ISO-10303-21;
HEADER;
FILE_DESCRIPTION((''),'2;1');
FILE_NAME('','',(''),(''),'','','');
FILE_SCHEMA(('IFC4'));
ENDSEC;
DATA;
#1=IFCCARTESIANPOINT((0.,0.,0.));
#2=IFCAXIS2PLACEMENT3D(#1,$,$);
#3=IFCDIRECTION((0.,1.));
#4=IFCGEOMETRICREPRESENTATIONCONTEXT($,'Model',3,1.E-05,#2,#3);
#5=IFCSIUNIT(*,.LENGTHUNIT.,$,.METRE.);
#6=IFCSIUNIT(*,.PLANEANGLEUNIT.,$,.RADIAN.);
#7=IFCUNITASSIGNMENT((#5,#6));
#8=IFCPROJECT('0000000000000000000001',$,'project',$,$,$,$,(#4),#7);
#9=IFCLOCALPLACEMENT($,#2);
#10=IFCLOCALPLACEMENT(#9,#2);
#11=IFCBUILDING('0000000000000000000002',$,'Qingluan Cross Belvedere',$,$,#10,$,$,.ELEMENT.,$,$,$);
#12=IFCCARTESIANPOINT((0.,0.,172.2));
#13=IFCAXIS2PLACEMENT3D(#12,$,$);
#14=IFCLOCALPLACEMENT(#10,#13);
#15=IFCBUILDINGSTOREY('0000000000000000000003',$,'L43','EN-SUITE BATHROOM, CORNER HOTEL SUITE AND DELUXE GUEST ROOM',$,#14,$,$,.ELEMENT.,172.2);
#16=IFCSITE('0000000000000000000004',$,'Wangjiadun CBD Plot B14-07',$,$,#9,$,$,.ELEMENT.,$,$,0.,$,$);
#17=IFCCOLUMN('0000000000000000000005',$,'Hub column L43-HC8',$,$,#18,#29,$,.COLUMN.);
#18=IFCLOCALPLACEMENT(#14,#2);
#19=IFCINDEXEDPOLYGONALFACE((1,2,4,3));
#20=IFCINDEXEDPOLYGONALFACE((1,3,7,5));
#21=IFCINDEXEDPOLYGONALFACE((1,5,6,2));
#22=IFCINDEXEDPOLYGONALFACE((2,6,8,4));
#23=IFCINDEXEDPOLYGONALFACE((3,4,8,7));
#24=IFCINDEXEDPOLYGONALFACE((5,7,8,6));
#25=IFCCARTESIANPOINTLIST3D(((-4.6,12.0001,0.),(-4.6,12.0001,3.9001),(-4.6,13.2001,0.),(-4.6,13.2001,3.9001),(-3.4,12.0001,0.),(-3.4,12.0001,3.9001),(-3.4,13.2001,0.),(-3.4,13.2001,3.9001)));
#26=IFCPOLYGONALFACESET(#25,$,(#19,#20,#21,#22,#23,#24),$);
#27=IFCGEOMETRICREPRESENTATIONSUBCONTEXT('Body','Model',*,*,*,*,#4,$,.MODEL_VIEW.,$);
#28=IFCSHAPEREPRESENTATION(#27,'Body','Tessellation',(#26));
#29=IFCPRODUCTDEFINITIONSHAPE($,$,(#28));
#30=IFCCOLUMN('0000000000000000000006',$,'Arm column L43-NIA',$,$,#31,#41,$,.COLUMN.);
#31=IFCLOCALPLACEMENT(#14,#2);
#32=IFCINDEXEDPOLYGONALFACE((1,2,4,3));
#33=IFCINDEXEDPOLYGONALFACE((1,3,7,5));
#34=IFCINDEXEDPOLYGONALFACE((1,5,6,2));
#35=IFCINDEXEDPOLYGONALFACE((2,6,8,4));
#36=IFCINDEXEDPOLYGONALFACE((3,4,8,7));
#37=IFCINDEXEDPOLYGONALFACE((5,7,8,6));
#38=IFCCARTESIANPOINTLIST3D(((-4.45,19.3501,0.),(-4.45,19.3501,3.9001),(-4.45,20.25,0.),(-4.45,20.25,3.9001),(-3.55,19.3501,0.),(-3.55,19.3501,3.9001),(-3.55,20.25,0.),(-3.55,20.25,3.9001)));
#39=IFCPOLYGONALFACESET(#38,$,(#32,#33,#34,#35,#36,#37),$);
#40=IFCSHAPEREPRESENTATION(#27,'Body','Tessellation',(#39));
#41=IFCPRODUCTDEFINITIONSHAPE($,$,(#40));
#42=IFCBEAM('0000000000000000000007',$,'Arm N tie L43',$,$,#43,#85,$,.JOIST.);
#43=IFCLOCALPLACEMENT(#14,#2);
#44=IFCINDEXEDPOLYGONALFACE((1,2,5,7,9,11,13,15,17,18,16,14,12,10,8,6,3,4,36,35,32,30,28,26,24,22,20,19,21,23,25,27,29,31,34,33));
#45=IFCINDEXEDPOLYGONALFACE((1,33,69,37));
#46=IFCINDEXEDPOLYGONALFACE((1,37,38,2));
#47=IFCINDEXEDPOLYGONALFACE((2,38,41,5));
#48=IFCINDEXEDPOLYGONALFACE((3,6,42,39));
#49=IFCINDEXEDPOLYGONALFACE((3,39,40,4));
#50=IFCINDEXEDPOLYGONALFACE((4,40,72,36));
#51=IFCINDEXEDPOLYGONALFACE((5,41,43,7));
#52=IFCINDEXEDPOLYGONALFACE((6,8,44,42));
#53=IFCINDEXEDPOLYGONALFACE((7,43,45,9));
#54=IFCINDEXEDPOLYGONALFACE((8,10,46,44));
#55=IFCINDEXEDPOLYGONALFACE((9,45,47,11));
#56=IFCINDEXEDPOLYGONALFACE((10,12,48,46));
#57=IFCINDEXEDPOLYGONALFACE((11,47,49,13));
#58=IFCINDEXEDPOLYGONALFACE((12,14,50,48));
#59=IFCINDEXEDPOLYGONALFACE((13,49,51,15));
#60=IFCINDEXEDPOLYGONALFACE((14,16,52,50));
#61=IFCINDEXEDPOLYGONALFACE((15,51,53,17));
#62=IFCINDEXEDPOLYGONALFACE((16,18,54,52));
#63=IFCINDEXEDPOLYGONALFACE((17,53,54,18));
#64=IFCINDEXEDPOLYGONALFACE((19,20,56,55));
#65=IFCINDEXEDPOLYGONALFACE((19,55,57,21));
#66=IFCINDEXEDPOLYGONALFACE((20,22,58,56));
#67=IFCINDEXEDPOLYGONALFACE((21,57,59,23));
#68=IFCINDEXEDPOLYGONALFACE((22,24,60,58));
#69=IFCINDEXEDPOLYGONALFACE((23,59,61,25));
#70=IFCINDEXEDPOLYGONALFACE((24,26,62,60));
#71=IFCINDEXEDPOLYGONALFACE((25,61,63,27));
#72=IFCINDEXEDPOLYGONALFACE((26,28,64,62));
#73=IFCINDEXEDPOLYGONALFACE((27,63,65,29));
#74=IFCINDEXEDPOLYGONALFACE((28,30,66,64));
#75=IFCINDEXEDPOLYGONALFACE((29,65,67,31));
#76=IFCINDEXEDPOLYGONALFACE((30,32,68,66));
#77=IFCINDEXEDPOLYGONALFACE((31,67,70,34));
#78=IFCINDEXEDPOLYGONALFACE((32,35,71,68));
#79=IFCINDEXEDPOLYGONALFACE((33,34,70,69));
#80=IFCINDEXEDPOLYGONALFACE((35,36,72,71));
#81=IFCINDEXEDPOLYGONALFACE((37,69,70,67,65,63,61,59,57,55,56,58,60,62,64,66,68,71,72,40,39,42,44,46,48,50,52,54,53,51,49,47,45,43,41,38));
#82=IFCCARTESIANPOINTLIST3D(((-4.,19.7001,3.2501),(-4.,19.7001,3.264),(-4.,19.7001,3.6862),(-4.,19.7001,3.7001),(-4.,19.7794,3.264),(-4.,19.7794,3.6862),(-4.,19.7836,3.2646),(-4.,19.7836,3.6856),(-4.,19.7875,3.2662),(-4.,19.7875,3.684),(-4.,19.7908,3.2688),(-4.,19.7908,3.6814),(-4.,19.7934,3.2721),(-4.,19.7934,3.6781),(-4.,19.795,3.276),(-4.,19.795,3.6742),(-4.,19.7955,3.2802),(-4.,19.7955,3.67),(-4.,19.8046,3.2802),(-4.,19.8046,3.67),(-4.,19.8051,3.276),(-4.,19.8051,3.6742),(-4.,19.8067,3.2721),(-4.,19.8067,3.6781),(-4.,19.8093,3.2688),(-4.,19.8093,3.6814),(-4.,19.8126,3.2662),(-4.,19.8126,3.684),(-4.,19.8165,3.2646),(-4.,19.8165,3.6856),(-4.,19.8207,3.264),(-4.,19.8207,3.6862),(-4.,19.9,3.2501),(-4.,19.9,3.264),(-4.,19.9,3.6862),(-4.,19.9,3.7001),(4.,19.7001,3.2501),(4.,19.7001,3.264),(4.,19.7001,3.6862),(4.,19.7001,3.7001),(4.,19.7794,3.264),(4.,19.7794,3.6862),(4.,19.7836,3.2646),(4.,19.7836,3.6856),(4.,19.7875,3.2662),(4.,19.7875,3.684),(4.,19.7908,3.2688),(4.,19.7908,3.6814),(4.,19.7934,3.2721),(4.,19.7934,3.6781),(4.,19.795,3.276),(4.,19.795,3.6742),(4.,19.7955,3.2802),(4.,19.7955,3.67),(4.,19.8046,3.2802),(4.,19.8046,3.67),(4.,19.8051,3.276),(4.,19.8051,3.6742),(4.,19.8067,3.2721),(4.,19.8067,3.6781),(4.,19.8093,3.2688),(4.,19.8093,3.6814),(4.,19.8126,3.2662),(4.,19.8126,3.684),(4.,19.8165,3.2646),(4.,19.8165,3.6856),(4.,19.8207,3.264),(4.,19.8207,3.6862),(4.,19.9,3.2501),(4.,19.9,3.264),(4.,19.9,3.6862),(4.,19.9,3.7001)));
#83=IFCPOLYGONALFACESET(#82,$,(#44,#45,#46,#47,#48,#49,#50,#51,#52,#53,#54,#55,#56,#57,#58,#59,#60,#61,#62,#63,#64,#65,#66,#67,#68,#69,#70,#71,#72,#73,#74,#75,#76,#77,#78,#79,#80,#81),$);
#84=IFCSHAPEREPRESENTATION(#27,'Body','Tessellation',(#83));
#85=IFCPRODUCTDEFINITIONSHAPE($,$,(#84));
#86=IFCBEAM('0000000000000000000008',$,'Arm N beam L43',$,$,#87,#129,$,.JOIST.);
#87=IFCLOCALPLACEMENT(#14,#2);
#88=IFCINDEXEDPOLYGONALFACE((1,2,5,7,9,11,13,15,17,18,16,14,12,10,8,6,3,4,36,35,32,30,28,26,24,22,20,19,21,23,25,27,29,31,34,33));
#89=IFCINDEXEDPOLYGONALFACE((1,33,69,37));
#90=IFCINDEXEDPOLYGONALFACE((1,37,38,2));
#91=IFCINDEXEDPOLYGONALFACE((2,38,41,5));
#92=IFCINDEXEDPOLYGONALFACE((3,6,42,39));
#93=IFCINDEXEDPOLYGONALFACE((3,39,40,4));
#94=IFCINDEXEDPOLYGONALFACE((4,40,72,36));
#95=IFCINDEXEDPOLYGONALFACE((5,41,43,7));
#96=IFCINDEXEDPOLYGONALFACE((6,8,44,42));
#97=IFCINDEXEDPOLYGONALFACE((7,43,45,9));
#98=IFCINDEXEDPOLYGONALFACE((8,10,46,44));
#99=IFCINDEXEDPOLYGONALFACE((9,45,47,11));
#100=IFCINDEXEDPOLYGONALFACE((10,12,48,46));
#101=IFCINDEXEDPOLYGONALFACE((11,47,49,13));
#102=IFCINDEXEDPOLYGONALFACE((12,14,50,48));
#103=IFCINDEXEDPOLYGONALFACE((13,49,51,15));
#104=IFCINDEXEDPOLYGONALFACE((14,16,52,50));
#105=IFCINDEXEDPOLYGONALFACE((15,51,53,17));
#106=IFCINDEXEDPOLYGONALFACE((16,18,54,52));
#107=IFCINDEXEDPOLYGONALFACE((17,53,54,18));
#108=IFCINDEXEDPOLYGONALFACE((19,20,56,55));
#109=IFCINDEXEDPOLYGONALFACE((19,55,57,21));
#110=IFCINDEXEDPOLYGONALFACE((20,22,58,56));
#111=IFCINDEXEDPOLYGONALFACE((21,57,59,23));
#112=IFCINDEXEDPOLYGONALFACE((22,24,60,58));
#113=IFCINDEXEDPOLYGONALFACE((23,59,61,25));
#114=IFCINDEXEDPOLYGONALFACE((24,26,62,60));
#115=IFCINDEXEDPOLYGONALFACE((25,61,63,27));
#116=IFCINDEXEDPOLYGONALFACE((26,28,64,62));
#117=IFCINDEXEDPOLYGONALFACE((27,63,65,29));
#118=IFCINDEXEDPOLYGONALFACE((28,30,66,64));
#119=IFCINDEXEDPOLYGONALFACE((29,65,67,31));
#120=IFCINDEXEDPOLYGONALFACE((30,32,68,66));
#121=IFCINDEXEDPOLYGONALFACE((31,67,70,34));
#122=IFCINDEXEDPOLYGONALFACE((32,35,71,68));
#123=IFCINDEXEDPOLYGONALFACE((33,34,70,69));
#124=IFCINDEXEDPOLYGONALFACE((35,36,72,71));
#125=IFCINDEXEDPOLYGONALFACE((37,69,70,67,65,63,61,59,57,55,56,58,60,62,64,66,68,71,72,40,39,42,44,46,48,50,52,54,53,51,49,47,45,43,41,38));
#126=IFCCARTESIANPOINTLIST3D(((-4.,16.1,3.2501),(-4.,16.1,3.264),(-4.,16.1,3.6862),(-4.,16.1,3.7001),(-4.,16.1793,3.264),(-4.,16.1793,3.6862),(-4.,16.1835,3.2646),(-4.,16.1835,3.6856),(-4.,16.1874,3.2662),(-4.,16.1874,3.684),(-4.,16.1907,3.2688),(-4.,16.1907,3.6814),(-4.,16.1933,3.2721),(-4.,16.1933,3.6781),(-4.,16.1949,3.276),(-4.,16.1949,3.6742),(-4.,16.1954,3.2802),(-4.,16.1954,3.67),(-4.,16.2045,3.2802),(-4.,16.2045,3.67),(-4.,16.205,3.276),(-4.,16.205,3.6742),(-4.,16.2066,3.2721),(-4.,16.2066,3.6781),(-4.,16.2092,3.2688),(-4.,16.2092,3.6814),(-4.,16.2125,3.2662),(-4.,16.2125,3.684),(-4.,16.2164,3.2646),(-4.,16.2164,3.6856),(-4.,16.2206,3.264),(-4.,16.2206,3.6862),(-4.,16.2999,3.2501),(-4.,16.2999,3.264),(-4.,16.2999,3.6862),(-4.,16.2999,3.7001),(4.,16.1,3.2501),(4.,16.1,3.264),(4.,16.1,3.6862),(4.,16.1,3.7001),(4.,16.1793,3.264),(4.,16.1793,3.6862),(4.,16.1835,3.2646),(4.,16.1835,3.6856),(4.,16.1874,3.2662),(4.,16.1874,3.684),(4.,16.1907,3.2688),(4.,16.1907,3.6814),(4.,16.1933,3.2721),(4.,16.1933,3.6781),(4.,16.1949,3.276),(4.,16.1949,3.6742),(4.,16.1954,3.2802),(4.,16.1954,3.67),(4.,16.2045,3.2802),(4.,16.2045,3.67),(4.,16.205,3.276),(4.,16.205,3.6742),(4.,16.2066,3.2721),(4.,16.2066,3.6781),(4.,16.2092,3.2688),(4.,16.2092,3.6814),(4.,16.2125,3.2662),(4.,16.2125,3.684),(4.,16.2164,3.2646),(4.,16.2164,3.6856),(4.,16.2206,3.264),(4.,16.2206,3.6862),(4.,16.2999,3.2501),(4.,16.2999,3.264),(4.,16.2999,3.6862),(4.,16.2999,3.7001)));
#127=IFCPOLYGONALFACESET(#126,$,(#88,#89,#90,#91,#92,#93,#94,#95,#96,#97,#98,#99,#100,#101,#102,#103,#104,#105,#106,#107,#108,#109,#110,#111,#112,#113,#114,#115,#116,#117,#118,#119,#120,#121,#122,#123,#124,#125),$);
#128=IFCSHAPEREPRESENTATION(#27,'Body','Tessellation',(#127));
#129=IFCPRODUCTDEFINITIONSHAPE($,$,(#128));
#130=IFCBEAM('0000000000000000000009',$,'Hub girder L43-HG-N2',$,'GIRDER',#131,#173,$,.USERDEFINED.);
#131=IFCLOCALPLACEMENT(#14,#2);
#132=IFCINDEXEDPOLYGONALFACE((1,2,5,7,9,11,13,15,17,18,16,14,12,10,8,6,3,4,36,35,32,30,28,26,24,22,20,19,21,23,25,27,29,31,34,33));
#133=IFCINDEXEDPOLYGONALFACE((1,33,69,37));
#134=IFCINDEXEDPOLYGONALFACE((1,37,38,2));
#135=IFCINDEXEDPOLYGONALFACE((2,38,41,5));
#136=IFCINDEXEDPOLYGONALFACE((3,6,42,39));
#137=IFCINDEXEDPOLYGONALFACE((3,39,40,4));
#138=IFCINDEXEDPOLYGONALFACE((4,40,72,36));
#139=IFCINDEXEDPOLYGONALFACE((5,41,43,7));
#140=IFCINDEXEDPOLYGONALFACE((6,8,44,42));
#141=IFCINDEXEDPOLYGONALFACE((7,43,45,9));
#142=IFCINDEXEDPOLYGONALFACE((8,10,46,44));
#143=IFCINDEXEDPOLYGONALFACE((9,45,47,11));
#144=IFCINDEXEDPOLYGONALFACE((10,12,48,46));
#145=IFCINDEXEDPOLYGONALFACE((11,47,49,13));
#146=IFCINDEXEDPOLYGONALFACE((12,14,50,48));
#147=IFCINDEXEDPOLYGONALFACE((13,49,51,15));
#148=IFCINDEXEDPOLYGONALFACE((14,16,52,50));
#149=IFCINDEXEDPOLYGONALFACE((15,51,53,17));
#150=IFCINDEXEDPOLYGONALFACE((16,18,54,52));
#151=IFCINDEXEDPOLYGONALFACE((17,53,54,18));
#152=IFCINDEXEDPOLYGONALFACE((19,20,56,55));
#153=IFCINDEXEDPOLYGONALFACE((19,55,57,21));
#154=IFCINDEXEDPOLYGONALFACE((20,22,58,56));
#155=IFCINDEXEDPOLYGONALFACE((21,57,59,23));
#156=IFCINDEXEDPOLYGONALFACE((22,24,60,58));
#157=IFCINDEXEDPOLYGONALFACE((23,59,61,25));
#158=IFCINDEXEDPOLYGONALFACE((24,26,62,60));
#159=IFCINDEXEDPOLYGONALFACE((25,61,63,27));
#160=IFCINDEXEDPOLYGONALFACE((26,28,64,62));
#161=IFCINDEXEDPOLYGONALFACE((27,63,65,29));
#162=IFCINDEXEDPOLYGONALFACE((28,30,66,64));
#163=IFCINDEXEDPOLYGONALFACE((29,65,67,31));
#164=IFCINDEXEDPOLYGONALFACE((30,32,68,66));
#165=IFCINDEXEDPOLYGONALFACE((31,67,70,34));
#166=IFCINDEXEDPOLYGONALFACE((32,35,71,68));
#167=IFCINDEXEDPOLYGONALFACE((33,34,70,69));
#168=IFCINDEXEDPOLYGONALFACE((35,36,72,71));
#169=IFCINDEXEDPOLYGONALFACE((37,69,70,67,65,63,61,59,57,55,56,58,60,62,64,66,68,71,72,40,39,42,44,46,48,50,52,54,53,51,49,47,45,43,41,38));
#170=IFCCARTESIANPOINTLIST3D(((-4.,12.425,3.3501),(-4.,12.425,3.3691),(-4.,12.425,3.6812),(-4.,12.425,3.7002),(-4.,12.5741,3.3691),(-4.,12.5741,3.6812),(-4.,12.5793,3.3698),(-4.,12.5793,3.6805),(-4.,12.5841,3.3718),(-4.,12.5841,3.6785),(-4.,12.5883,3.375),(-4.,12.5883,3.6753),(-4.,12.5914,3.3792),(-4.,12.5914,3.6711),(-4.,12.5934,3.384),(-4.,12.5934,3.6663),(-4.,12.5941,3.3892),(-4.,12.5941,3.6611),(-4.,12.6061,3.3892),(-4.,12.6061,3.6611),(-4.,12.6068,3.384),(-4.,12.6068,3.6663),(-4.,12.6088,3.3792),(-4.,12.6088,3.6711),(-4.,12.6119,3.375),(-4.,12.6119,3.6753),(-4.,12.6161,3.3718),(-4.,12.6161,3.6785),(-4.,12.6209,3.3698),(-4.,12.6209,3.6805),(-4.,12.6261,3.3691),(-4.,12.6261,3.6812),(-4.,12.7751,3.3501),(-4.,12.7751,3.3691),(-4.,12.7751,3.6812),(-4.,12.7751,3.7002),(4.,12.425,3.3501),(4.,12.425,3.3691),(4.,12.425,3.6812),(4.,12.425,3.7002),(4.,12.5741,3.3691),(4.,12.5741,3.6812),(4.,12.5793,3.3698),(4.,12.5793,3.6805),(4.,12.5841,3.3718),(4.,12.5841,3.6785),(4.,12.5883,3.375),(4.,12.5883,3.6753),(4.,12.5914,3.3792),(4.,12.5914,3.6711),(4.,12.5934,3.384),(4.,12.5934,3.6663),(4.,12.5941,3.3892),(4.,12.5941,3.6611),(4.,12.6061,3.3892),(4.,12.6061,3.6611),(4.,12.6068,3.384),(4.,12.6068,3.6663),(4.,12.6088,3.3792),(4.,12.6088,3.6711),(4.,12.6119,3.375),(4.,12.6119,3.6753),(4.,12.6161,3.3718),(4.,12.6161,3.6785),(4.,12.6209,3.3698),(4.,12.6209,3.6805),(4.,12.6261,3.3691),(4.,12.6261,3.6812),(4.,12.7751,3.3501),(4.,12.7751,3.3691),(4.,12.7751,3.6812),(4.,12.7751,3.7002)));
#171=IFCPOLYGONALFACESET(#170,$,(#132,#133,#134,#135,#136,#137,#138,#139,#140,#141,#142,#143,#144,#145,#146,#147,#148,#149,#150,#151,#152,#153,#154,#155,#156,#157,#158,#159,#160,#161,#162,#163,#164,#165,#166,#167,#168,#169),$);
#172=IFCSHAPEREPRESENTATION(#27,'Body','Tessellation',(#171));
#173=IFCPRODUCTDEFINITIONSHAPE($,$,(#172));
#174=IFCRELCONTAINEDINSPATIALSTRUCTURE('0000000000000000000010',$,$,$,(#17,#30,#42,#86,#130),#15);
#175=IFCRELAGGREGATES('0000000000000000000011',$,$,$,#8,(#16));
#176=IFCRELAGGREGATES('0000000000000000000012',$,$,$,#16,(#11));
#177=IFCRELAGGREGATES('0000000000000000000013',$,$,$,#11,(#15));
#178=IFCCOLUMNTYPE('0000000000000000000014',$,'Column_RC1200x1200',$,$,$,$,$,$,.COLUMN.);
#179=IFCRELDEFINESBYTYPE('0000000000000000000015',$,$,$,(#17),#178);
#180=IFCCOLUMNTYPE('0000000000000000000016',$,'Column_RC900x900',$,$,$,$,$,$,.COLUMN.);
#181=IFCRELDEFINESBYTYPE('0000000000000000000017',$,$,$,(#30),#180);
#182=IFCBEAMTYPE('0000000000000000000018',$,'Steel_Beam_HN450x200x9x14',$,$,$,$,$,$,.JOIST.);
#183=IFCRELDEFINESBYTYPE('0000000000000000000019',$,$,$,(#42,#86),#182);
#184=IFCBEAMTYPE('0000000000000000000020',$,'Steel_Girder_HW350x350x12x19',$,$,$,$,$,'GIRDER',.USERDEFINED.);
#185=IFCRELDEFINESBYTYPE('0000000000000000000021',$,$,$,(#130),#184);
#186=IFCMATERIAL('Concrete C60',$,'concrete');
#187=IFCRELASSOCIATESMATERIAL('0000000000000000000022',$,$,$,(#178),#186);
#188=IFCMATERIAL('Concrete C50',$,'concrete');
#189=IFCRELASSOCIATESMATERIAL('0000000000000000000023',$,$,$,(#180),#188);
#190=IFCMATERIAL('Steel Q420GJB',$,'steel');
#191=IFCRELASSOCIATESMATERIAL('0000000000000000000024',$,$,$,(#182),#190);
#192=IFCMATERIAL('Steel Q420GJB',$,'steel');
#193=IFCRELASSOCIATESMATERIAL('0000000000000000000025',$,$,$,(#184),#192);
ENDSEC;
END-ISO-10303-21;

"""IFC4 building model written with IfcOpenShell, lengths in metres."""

from ifc_helpers import new_model, si_unit, direction, frame, origin, origin_2d, place, context, subcontext, project, spatial, rectangle, i_section, extrude, material, material_profile, profile_set, type_object, element, save


model = new_model("IFC4")

# Units and contexts
model_context = context("Model", 3, precision=1e-05, world=origin(), true_north=direction((0.0, 1.0)))
body_context = subcontext(model_context, "Body", "Model", "MODEL_VIEW")
ifc_project = project(units=[si_unit("LENGTHUNIT", "METRE"), si_unit("PLANEANGLEUNIT", "RADIAN")], contexts=[model_context])

# Site, building, storey
site_placement = place(None, origin())
site = spatial("IfcSite", under=ifc_project, at=site_placement, Name="Wangjiadun CBD Plot B14-07", CompositionType="ELEMENT", RefElevation=0.0)
building_placement = place(site_placement, origin())
building = spatial("IfcBuilding", under=site, at=building_placement, Name="Qingluan Cross Belvedere", CompositionType="ELEMENT")
storey_placement = place(building_placement, frame((0.0, 0.0, 172.2)))
storey = spatial("IfcBuildingStorey", under=building, at=storey_placement, Name="L43", Description="EN-SUITE BATHROOM, CORNER HOTEL SUITE AND DELUXE GUEST ROOM", CompositionType="ELEMENT", Elevation=172.2)

# Columns
ifc_material_1 = material(Name="Concrete C60", Category="concrete")
ifc_material_profile_1 = material_profile(ifc_material_1, rectangle(XDim=1.2, YDim=1.2, at=origin_2d()), Name="RC1200x1200")
ifc_profile_set_1 = profile_set([ifc_material_profile_1], Name="Concrete C60")
column_type_1 = type_object("IfcColumnType", Name="Column_RC1200x1200", PredefinedType="COLUMN", material=ifc_profile_set_1)
column_1_placement = place(storey_placement, frame((-4.0, 12.6001, 0.0), z_axis=(0.0, 0.0, 1.0), x_axis=(1.0, 0.0, 0.0)))
element("IfcColumn", 1, at=column_1_placement, inside=storey, type_object=column_type_1, Name="Hub column L43-HC8", PredefinedType="COLUMN", context=body_context, shape_type="SweptSolid", body=[
    extrude(rectangle(XDim=1.2, YDim=1.2, at=origin_2d()), origin(), (0.0, 0.0, 1.0), 3.9001),
])
ifc_material_2 = material(Name="Concrete C50", Category="concrete")
ifc_material_profile_2 = material_profile(ifc_material_2, rectangle(XDim=0.8999, YDim=0.8999, at=origin_2d()), Name="RC900x900")
ifc_profile_set_2 = profile_set([ifc_material_profile_2], Name="Concrete C50")
column_type_2 = type_object("IfcColumnType", Name="Column_RC900x900", PredefinedType="COLUMN", material=ifc_profile_set_2)
column_2_placement = place(storey_placement, frame((-4.0, 19.8, 0.0), z_axis=(0.0, 0.0, 1.0), x_axis=(1.0, 0.0, 0.0)))
element("IfcColumn", 2, at=column_2_placement, inside=storey, type_object=column_type_2, Name="Arm column L43-NIA", PredefinedType="COLUMN", context=body_context, shape_type="SweptSolid", body=[
    extrude(rectangle(XDim=0.8999, YDim=0.8999, at=origin_2d()), origin(), (0.0, 0.0, 1.0), 3.9001),
])

# Beams
ifc_material_3 = material(Name="Steel Q420GJB", Category="steel")
ifc_material_profile_3 = material_profile(ifc_material_3, i_section(OverallWidth=0.2, OverallDepth=0.45, WebThickness=0.009, FlangeThickness=0.0139, FilletRadius=0.0161, at=origin_2d()), Name="HN450x200x9x14")
ifc_profile_set_3 = profile_set([ifc_material_profile_3], Name="Steel Q420GJB")
beam_type_1 = type_object("IfcBeamType", Name="Steel_Beam_HN450x200x9x14", PredefinedType="JOIST", material=ifc_profile_set_3)
for number, where, z_axis, x_axis, name in (
    (3, (-4.0, 19.8, 3.4751), (1.0, 0.0, 0.0), (0.0, 1.0, 0.0), "Arm N tie L43"),
    (4, (-4.0, 16.2, 3.4751), (1.0, 0.0, 0.0), (0.0, 1.0, 0.0), "Arm N beam L43"),
):
    element("IfcBeam", number, at=place(storey_placement, frame(where, z_axis=z_axis, x_axis=x_axis)), inside=storey, type_object=beam_type_1, Name=name, PredefinedType="JOIST", context=body_context, shape_type="SweptSolid", body=[
        extrude(i_section(OverallWidth=0.2, OverallDepth=0.45, WebThickness=0.009, FlangeThickness=0.0139, FilletRadius=0.0161, at=origin_2d()), origin(), (0.0, 0.0, 1.0), 8.0),
    ])
ifc_material_4 = material(Name="Steel Q420GJB", Category="steel")
ifc_material_profile_4 = material_profile(ifc_material_4, i_section(OverallWidth=0.3501, OverallDepth=0.3501, WebThickness=0.012, FlangeThickness=0.019, FilletRadius=0.02, at=origin_2d()), Name="HW350x350x12x19")
ifc_profile_set_4 = profile_set([ifc_material_profile_4], Name="Steel Q420GJB")
beam_type_2 = type_object("IfcBeamType", Name="Steel_Girder_HW350x350x12x19", ElementType="GIRDER", PredefinedType="USERDEFINED", material=ifc_profile_set_4)
beam_1_placement = place(storey_placement, frame((-4.0, 12.6001, 3.5251), z_axis=(1.0, 0.0, 0.0), x_axis=(0.0, 1.0, 0.0)))
element("IfcBeam", 5, at=beam_1_placement, inside=storey, type_object=beam_type_2, Name="Hub girder L43-HG-N2", ObjectType="GIRDER", PredefinedType="USERDEFINED", context=body_context, shape_type="SweptSolid", body=[
    extrude(i_section(OverallWidth=0.3501, OverallDepth=0.3501, WebThickness=0.012, FlangeThickness=0.019, FilletRadius=0.02, at=origin_2d()), origin(), (0.0, 0.0, 1.0), 8.0),
])

save(model, "model.ifc")
